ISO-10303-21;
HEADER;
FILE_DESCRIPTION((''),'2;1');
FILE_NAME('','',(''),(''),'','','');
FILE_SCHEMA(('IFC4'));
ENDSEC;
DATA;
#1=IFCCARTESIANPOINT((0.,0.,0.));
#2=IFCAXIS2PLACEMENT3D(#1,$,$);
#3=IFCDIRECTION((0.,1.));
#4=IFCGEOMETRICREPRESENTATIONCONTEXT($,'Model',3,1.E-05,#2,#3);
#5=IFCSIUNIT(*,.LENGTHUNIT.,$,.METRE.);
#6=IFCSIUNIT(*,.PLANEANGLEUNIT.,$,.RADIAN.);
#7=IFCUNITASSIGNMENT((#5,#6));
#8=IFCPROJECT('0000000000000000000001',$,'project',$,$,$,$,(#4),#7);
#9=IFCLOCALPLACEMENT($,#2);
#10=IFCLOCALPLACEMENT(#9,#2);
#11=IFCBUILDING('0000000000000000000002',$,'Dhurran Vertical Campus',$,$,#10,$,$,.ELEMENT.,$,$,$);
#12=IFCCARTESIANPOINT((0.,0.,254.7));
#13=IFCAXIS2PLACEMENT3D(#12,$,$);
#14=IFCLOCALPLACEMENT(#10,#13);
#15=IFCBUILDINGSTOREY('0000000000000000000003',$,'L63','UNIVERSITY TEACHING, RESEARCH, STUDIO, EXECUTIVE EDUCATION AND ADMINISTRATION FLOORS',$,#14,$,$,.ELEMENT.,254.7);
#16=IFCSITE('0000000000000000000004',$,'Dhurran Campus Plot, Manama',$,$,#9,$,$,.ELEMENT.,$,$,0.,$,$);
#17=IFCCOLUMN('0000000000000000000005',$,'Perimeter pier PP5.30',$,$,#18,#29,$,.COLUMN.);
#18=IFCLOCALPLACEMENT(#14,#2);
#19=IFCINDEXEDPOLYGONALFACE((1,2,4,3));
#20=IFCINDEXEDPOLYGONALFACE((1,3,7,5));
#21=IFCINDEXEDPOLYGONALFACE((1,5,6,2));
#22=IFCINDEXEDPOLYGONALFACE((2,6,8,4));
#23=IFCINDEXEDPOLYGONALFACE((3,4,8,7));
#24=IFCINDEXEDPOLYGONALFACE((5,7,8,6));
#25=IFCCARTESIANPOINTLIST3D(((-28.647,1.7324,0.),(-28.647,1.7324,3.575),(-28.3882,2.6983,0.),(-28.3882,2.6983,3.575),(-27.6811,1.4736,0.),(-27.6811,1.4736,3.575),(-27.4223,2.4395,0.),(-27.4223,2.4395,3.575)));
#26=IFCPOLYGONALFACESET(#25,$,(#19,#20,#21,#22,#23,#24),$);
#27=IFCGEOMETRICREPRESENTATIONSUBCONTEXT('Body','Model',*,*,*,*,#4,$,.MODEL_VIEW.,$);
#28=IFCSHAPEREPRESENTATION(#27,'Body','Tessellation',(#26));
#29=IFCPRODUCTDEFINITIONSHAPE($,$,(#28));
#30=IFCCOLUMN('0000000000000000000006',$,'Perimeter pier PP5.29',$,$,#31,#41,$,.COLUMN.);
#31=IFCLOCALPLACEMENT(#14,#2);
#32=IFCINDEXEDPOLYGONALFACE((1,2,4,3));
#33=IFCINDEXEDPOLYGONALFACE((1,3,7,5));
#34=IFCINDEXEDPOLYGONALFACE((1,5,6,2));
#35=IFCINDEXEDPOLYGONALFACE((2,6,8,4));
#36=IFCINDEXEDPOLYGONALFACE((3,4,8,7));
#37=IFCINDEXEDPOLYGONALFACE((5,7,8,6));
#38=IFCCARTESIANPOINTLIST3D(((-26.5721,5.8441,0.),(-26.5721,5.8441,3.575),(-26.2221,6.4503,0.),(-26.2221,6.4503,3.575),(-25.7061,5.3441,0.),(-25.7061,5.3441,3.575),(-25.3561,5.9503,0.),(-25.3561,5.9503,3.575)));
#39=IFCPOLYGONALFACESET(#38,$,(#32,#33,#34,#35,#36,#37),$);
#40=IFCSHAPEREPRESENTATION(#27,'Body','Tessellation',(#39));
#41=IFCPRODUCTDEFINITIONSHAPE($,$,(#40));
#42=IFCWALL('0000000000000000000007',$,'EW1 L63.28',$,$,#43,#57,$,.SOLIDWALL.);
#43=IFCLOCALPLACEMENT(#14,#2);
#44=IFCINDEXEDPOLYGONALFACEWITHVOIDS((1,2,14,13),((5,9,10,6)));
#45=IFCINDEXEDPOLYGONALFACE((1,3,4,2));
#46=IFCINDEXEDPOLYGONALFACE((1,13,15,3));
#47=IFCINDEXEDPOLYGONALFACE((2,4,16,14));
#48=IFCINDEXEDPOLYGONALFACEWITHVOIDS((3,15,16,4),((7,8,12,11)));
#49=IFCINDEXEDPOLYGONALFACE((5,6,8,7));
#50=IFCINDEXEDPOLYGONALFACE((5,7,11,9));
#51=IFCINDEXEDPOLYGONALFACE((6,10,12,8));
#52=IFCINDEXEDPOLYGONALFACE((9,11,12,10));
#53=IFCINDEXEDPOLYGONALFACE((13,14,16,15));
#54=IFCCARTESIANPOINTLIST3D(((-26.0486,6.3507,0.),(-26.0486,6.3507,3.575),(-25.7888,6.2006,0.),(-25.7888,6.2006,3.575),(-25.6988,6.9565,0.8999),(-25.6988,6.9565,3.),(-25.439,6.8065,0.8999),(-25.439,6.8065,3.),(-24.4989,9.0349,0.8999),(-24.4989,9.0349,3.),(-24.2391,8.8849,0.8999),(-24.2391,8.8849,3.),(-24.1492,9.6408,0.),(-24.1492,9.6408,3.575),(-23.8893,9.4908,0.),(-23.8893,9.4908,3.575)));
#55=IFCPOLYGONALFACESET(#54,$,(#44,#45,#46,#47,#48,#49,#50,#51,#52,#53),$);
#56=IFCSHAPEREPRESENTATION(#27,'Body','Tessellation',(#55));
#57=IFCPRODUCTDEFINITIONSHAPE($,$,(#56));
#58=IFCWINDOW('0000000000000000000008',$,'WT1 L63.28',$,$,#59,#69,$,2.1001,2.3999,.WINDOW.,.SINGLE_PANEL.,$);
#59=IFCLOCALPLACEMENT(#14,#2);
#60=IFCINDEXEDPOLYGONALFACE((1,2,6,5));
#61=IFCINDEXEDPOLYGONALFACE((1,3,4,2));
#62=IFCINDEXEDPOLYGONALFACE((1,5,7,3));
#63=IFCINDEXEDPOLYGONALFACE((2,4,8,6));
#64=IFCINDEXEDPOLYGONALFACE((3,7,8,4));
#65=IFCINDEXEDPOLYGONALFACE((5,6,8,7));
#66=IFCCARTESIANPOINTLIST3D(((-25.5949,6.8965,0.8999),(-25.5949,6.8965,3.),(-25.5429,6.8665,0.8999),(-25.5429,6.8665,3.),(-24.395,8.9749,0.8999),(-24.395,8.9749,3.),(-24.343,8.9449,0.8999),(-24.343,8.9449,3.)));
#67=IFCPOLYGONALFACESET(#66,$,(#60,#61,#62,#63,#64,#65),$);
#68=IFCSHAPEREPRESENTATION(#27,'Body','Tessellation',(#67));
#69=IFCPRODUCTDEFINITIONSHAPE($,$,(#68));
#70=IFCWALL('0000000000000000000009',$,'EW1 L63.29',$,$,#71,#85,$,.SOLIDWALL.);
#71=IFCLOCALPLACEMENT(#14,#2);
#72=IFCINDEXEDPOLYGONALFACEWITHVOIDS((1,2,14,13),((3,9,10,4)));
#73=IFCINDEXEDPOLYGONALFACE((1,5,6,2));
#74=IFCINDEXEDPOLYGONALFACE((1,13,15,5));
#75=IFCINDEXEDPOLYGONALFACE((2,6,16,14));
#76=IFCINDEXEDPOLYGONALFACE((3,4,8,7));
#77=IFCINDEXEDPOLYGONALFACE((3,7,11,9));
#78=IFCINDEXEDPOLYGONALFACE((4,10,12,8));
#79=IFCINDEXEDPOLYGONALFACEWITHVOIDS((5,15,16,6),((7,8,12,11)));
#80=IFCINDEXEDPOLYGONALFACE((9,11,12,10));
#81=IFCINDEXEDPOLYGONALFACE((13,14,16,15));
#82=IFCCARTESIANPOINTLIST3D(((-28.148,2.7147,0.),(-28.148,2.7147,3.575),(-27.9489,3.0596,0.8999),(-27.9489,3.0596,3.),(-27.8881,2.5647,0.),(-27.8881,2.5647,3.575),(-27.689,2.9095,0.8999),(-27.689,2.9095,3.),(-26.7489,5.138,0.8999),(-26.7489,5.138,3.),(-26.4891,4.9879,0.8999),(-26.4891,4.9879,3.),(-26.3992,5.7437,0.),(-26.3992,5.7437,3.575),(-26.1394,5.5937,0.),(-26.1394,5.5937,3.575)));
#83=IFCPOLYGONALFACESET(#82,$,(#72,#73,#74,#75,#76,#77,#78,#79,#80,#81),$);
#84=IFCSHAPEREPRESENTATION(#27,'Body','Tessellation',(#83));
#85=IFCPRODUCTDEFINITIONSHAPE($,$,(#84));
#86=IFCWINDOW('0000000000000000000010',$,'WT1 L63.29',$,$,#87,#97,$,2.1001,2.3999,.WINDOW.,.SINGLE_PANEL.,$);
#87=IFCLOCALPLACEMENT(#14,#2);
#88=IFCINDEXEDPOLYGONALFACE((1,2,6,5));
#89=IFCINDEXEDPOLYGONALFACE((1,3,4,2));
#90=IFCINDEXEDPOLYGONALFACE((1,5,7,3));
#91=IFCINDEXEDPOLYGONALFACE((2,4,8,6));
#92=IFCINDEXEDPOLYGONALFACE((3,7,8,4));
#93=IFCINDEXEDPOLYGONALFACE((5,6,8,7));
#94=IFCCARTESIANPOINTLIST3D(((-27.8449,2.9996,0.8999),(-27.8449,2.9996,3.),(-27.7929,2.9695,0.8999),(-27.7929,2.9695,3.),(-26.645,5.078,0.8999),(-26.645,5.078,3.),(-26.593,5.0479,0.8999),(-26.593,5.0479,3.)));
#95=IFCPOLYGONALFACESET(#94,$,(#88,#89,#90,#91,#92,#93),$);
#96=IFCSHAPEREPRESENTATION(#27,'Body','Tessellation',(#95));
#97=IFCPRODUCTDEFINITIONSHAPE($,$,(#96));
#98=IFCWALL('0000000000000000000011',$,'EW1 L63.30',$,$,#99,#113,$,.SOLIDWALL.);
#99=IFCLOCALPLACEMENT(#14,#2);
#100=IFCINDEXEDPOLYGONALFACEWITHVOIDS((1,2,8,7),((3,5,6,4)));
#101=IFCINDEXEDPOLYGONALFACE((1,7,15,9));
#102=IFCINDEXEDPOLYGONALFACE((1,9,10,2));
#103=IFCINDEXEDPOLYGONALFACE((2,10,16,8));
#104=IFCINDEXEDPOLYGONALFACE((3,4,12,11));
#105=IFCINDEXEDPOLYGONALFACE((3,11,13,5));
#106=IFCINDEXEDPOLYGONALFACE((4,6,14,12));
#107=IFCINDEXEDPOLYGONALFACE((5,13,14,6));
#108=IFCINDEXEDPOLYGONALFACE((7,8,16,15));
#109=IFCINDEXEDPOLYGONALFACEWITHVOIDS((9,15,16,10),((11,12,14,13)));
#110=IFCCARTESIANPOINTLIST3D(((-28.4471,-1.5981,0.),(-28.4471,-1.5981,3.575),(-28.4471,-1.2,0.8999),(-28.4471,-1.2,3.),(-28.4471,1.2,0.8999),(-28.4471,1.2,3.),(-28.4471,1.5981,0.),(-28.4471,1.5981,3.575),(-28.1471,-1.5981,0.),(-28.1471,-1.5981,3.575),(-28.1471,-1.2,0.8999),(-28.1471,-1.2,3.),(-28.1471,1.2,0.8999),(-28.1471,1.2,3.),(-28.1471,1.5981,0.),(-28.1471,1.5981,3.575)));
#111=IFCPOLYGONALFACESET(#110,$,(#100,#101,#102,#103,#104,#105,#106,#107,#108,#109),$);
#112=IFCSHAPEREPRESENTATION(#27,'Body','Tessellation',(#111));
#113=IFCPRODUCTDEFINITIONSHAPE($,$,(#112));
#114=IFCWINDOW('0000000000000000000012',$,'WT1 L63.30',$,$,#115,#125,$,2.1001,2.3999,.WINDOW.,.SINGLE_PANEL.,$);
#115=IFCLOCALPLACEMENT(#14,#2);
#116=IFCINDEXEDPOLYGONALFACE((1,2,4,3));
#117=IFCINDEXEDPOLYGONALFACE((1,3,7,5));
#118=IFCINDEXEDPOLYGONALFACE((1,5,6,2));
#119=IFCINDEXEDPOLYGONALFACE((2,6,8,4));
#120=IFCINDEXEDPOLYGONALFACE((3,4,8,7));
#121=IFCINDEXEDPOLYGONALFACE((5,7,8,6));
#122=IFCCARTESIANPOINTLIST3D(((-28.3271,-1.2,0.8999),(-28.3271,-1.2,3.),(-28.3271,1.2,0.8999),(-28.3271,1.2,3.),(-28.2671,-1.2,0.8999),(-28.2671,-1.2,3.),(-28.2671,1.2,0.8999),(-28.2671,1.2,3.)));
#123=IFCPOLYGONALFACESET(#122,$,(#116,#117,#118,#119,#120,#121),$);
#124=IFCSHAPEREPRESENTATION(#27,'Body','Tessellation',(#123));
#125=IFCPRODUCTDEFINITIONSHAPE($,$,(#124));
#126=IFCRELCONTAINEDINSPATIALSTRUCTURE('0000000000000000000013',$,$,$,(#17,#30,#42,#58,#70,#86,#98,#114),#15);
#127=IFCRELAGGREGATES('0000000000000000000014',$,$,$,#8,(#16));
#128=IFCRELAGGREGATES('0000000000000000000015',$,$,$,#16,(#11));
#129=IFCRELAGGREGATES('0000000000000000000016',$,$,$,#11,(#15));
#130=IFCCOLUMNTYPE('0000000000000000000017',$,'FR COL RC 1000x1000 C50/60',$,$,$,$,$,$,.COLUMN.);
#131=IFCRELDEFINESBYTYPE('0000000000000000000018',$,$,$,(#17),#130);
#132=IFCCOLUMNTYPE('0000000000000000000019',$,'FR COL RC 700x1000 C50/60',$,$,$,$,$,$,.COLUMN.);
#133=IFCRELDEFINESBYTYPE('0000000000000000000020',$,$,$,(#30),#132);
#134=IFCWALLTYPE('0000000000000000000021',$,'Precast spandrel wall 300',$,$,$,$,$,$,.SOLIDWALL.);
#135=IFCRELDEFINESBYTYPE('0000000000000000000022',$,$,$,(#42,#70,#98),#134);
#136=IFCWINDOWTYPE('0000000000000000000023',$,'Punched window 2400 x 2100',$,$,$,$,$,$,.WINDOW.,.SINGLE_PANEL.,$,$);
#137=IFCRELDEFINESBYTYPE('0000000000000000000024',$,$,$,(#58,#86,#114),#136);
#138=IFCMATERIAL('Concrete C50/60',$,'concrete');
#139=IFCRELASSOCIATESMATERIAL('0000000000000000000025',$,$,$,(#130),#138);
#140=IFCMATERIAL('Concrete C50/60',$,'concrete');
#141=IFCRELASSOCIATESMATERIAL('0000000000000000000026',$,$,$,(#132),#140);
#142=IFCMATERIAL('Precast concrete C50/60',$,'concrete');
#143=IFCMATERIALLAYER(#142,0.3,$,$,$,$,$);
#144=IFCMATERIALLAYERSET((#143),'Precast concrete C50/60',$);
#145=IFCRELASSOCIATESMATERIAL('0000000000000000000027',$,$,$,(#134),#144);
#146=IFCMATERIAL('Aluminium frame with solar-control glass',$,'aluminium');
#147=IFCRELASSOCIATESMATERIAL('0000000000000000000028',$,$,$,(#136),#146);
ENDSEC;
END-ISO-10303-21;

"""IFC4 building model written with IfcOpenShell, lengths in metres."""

from ifc_helpers import new_model, si_unit, direction, frame, frame_2d, origin, origin_2d, place, context, subcontext, project, spatial, rectangle, extrude, material, layer, layer_set, material_profile, profile_set, type_object, element, fill, save


model = new_model("IFC4")

# Units and contexts
model_context = context("Model", 3, precision=1e-05, world=origin(), true_north=direction((0.0, 1.0)))
body_context = subcontext(model_context, "Body", "Model", "MODEL_VIEW")
ifc_project = project(units=[si_unit("LENGTHUNIT", "METRE"), si_unit("PLANEANGLEUNIT", "RADIAN")], contexts=[model_context])

# Site, building, storey
site_placement = place(None, origin())
site = spatial("IfcSite", under=ifc_project, at=site_placement, Name="Dhurran Campus Plot, Manama", CompositionType="ELEMENT", RefElevation=0.0)
building_placement = place(site_placement, origin())
building = spatial("IfcBuilding", under=site, at=building_placement, Name="Dhurran Vertical Campus", CompositionType="ELEMENT")
storey_placement = place(building_placement, frame((0.0, 0.0, 254.7)))
storey = spatial("IfcBuildingStorey", under=building, at=storey_placement, Name="L63", Description="UNIVERSITY TEACHING, RESEARCH, STUDIO, EXECUTIVE EDUCATION AND ADMINISTRATION FLOORS", CompositionType="ELEMENT", Elevation=254.7)

# Columns
ifc_material_1 = material(Name="Concrete C50/60", Category="concrete")
ifc_material_profile_1 = material_profile(ifc_material_1, rectangle(XDim=1.0, YDim=1.0, at=origin_2d()), Name="RC 1000x1000")
ifc_profile_set_1 = profile_set([ifc_material_profile_1], Name="Concrete C50/60")
column_type_1 = type_object("IfcColumnType", Name="FR COL RC 1000x1000 C50/60", PredefinedType="COLUMN", material=ifc_profile_set_1)
column_1_placement = place(storey_placement, frame((-28.0347, 2.0859, 0.0), z_axis=(0.0, 0.0, 1.0), x_axis=(-0.258819, -0.965926, 0.0)))
element("IfcColumn", 1, at=column_1_placement, inside=storey, type_object=column_type_1, Name="Perimeter pier PP5.30", PredefinedType="COLUMN", context=body_context, shape_type="SweptSolid", body=[
    extrude(rectangle(XDim=1.0, YDim=1.0, at=origin_2d()), origin(), (0.0, 0.0, 1.0), 3.575),
])
ifc_material_2 = material(Name="Concrete C50/60", Category="concrete")
ifc_material_profile_2 = material_profile(ifc_material_2, rectangle(XDim=0.7, YDim=1.0, at=origin_2d()), Name="RC 700x1000")
ifc_profile_set_2 = profile_set([ifc_material_profile_2], Name="Concrete C50/60")
column_type_2 = type_object("IfcColumnType", Name="FR COL RC 700x1000 C50/60", PredefinedType="COLUMN", material=ifc_profile_set_2)
column_2_placement = place(storey_placement, frame((-25.9641, 5.8972, 0.0), z_axis=(0.0, 0.0, 1.0), x_axis=(-0.5, -0.866025, 0.0)))
element("IfcColumn", 2, at=column_2_placement, inside=storey, type_object=column_type_2, Name="Perimeter pier PP5.29", PredefinedType="COLUMN", context=body_context, shape_type="SweptSolid", body=[
    extrude(rectangle(XDim=0.7, YDim=1.0, at=origin_2d()), origin(), (0.0, 0.0, 1.0), 3.575),
])

# Walls, openings, windows
ifc_material_3 = material(Name="Precast concrete C50/60", Category="concrete")
ifc_layer_1 = layer(ifc_material_3, 0.3)
ifc_layer_set_1 = layer_set([ifc_layer_1], Name="Precast concrete C50/60")
wall_type_1 = type_object("IfcWallType", Name="Precast spandrel wall 300", PredefinedType="SOLIDWALL", material=ifc_layer_set_1)
wall_1_placement = place(storey_placement, frame((-24.0193, 9.5657, 0.0), z_axis=(0.0, 0.0, 1.0), x_axis=(-0.499982, -0.866036, 0.0)))
wall_1 = element("IfcWall", 3, at=wall_1_placement, inside=storey, type_object=wall_type_1, Name="EW1 L63.28", PredefinedType="SOLIDWALL", context=body_context, shape_type="SweptSolid", body=[
    extrude(rectangle(XDim=3.7991, YDim=0.3, at=frame_2d((1.8994, 0.0))), origin(), (0.0, 0.0, 1.0), 3.575),
])
opening_1_placement = place(wall_1_placement, frame((0.6995, 0.0, 0.8999)))
opening_1 = element("IfcOpeningElement", 4, at=opening_1_placement, cuts=wall_1, PredefinedType="OPENING", context=body_context, shape_type="SweptSolid", body=[
    extrude(rectangle(XDim=2.3999, YDim=2.1001, at=frame_2d((1.2, 1.05))), frame((0.0, 0.1599, 0.0), z_axis=(0.0, -1.0, 0.0), x_axis=(1.0, 0.0, 0.0)), (0.0, 0.0, 1.0), 0.3201),
])
ifc_material_4 = material(Name="Aluminium frame with solar-control glass", Category="aluminium")
window_type = type_object("IfcWindowType", Name="Punched window 2400 x 2100", PartitioningType="SINGLE_PANEL", PredefinedType="WINDOW", material=ifc_material_4)
window_1_placement = place(opening_1_placement, origin())
window_1 = element("IfcWindow", 5, at=window_1_placement, inside=storey, type_object=window_type, Name="WT1 L63.28", OverallHeight=2.1001, OverallWidth=2.3999, PartitioningType="SINGLE_PANEL", PredefinedType="WINDOW", context=body_context, shape_type="SweptSolid", body=[
    extrude(rectangle(XDim=2.3999, YDim=2.1001, at=frame_2d((1.2, 1.05))), frame((0.0, 0.03, 0.0), z_axis=(0.0, -1.0, 0.0), x_axis=(1.0, 0.0, 0.0)), (0.0, 0.0, 1.0), 0.0601),
])
fill(opening_1, window_1)
wall_2_placement = place(storey_placement, frame((-26.2693, 5.6687, 0.0), z_axis=(0.0, 0.0, 1.0), x_axis=(-0.49999, -0.866031, 0.0)))
wall_2 = element("IfcWall", 6, at=wall_2_placement, inside=storey, type_object=wall_type_1, Name="EW1 L63.29", PredefinedType="SOLIDWALL", context=body_context, shape_type="SweptSolid", body=[
    extrude(rectangle(XDim=3.4976, YDim=0.3, at=frame_2d((1.7488, 0.0))), origin(), (0.0, 0.0, 1.0), 3.575),
])
opening_2_placement = place(wall_2_placement, frame((0.6995, 0.0, 0.8999)))
opening_2 = element("IfcOpeningElement", 7, at=opening_2_placement, cuts=wall_2, PredefinedType="OPENING", context=body_context, shape_type="SweptSolid", body=[
    extrude(rectangle(XDim=2.3999, YDim=2.1001, at=frame_2d((1.2, 1.05))), frame((0.0, 0.1599, 0.0), z_axis=(0.0, -1.0, 0.0), x_axis=(1.0, 0.0, 0.0)), (0.0, 0.0, 1.0), 0.3201),
])
window_2_placement = place(opening_2_placement, origin())
window_2 = element("IfcWindow", 8, at=window_2_placement, inside=storey, type_object=window_type, Name="WT1 L63.29", OverallHeight=2.1001, OverallWidth=2.3999, PartitioningType="SINGLE_PANEL", PredefinedType="WINDOW", context=body_context, shape_type="SweptSolid", body=[
    extrude(rectangle(XDim=2.3999, YDim=2.1001, at=frame_2d((1.2, 1.05))), frame((0.0, 0.03, 0.0), z_axis=(0.0, -1.0, 0.0), x_axis=(1.0, 0.0, 0.0)), (0.0, 0.0, 1.0), 0.0601),
])
fill(opening_2, window_2)
wall_3_placement = place(storey_placement, frame((-28.2971, 1.5981, 0.0), z_axis=(0.0, 0.0, 1.0), x_axis=(0.0, -1.0, 0.0)))
wall_3 = element("IfcWall", 9, at=wall_3_placement, inside=storey, type_object=wall_type_1, Name="EW1 L63.30", PredefinedType="SOLIDWALL", context=body_context, shape_type="SweptSolid", body=[
    extrude(rectangle(XDim=3.1963, YDim=0.3, at=frame_2d((1.5981, 0.0))), origin(), (0.0, 0.0, 1.0), 3.575),
])
opening_3_placement = place(wall_3_placement, frame((0.3982, 0.0, 0.8999)))
opening_3 = element("IfcOpeningElement", 10, at=opening_3_placement, cuts=wall_3, PredefinedType="OPENING", context=body_context, shape_type="SweptSolid", body=[
    extrude(rectangle(XDim=2.3999, YDim=2.1001, at=frame_2d((1.2, 1.05))), frame((0.0, 0.1599, 0.0), z_axis=(0.0, -1.0, 0.0), x_axis=(1.0, 0.0, 0.0)), (0.0, 0.0, 1.0), 0.3201),
])
window_3_placement = place(opening_3_placement, origin())
window_3 = element("IfcWindow", 11, at=window_3_placement, inside=storey, type_object=window_type, Name="WT1 L63.30", OverallHeight=2.1001, OverallWidth=2.3999, PartitioningType="SINGLE_PANEL", PredefinedType="WINDOW", context=body_context, shape_type="SweptSolid", body=[
    extrude(rectangle(XDim=2.3999, YDim=2.1001, at=frame_2d((1.2, 1.05))), frame((0.0, 0.03, 0.0), z_axis=(0.0, -1.0, 0.0), x_axis=(1.0, 0.0, 0.0)), (0.0, 0.0, 1.0), 0.0601),
])
fill(opening_3, window_3)

save(model, "model.ifc")
